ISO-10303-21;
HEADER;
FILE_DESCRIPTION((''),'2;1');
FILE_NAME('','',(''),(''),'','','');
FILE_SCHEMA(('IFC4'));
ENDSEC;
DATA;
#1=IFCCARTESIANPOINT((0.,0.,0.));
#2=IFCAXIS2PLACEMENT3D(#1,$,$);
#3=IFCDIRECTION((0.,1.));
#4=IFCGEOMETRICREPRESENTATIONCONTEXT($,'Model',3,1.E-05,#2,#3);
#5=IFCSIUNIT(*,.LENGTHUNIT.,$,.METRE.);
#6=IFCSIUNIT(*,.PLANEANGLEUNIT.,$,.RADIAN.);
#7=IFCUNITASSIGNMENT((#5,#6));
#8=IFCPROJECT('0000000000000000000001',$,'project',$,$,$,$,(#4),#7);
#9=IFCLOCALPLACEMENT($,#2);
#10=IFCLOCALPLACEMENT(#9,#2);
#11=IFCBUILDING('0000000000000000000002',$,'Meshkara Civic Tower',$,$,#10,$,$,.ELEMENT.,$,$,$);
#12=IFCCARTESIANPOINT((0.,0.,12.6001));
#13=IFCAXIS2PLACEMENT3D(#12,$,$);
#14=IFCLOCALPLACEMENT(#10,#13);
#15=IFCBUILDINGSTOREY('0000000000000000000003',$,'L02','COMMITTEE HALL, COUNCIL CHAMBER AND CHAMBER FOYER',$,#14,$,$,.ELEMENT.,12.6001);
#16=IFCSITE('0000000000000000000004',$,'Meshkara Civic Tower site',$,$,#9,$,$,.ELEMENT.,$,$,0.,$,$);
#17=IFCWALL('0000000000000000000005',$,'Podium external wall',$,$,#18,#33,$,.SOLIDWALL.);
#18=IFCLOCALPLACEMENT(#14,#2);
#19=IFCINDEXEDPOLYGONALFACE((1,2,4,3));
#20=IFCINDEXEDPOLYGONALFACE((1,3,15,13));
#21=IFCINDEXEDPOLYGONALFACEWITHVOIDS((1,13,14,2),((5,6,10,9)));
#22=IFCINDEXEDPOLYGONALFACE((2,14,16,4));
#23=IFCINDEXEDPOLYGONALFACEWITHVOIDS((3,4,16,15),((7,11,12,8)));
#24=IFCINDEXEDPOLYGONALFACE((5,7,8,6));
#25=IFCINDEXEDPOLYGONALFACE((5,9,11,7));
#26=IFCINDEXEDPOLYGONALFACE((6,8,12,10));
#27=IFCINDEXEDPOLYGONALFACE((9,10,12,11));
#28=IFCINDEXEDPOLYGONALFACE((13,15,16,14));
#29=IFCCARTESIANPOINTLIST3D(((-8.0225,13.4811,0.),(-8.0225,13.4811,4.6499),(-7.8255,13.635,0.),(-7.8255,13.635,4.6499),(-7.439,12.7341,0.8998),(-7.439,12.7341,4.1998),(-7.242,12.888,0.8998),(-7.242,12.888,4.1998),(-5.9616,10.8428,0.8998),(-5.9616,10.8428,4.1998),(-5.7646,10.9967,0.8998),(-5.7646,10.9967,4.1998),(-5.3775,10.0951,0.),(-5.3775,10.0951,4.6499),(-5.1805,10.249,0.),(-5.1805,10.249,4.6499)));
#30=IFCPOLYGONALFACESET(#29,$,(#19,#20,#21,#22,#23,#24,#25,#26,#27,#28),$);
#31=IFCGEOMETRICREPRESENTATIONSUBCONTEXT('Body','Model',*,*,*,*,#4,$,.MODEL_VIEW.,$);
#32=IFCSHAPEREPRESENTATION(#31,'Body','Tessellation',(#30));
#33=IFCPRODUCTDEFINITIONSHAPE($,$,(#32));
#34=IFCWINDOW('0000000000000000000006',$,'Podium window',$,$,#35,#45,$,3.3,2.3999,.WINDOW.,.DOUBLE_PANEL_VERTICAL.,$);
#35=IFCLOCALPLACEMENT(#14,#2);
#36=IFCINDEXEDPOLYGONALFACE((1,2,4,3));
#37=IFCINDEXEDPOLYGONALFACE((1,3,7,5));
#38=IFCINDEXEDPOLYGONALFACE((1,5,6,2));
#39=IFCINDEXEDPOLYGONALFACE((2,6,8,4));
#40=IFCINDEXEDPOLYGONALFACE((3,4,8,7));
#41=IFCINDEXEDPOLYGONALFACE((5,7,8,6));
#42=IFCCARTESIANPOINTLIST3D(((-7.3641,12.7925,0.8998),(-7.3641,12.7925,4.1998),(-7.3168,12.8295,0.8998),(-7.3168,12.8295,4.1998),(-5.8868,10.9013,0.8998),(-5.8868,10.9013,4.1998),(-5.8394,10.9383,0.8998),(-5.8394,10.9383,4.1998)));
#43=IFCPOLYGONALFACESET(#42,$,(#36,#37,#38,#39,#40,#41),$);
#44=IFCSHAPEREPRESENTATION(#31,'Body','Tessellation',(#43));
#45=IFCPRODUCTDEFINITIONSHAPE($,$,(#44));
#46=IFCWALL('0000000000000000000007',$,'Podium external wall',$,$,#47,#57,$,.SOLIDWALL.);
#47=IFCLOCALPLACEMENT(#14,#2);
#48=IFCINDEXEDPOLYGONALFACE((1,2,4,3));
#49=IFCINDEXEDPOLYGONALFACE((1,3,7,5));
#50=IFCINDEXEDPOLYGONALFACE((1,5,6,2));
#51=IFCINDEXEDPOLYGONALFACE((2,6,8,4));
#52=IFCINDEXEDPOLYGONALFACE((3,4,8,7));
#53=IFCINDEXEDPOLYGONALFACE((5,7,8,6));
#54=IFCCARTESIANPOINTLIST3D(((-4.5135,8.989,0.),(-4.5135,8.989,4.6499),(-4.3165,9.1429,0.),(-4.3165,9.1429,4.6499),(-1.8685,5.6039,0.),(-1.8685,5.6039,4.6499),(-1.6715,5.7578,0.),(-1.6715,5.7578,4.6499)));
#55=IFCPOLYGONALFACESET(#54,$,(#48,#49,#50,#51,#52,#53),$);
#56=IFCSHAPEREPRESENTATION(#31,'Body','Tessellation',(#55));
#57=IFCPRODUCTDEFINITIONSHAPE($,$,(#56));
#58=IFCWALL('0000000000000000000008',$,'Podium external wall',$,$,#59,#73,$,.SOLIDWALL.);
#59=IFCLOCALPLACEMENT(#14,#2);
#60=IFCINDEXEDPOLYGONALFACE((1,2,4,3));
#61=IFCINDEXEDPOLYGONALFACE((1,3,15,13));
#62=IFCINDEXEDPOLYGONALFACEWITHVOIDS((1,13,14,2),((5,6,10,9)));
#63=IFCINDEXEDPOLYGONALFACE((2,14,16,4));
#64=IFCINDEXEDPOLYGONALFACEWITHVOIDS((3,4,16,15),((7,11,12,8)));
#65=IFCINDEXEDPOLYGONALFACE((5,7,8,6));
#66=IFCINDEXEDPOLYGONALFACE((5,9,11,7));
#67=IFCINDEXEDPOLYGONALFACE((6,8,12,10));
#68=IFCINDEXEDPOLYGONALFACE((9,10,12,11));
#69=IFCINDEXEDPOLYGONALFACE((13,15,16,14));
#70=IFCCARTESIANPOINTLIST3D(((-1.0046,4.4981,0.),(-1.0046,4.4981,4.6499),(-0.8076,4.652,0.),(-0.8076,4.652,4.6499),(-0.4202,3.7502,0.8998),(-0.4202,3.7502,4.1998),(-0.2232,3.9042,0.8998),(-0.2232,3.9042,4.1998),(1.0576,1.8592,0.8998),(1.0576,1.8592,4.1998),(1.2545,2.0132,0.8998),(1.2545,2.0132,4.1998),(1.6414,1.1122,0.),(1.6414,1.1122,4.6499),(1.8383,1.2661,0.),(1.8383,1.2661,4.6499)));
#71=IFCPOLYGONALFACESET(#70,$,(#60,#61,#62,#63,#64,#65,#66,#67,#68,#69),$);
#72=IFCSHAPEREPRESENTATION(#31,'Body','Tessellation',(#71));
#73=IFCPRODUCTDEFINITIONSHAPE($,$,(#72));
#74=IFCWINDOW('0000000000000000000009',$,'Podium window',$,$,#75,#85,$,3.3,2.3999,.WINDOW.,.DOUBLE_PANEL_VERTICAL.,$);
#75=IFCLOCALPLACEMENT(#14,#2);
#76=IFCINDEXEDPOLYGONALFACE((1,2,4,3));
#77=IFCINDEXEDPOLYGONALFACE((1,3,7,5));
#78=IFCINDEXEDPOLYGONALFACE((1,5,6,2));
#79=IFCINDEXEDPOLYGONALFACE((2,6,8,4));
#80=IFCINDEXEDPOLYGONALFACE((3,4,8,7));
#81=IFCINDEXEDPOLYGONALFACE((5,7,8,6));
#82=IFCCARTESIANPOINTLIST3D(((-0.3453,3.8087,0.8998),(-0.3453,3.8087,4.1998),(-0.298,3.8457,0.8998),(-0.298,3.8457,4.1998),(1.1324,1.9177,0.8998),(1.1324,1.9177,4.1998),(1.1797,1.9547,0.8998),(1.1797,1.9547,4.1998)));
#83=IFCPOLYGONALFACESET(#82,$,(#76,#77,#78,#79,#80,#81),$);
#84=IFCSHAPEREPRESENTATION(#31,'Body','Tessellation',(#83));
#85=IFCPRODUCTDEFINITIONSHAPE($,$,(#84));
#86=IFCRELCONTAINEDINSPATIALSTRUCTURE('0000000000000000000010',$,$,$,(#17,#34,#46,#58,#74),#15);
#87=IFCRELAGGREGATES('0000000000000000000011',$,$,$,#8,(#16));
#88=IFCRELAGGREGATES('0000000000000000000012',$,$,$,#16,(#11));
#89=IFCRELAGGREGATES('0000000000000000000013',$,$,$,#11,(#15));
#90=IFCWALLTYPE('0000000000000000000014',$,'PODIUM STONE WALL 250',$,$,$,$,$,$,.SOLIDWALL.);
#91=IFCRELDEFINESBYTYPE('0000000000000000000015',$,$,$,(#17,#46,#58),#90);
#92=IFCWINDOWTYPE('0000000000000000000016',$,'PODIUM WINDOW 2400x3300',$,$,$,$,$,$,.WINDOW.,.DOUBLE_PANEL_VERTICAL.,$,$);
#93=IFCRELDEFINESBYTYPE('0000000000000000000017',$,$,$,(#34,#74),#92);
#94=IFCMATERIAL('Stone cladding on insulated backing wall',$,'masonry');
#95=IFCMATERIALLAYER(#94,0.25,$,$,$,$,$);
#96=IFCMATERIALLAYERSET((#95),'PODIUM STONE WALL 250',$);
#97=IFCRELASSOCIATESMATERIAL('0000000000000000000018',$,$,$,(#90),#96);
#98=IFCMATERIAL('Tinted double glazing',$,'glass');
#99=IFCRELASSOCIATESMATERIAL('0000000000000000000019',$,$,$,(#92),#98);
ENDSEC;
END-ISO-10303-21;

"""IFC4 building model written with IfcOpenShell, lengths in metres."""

from ifc_helpers import new_model, si_unit, direction, frame, frame_2d, origin, place, context, subcontext, project, spatial, rectangle, extrude, material, layer, layer_set, type_object, element, fill, save


model = new_model("IFC4")

# Units and contexts
model_context = context("Model", 3, precision=1e-05, world=origin(), true_north=direction((0.0, 1.0)))
body_context = subcontext(model_context, "Body", "Model", "MODEL_VIEW")
ifc_project = project(units=[si_unit("LENGTHUNIT", "METRE"), si_unit("PLANEANGLEUNIT", "RADIAN")], contexts=[model_context])

# Site, building, storey
site_placement = place(None, origin())
site = spatial("IfcSite", under=ifc_project, at=site_placement, Name="Meshkara Civic Tower site", CompositionType="ELEMENT", RefElevation=0.0)
building_placement = place(site_placement, origin())
building = spatial("IfcBuilding", under=site, at=building_placement, Name="Meshkara Civic Tower", CompositionType="ELEMENT")
storey_placement = place(building_placement, frame((0.0, 0.0, 12.6001)))
storey = spatial("IfcBuildingStorey", under=building, at=storey_placement, Name="L02", Description="COMMITTEE HALL, COUNCIL CHAMBER AND CHAMBER FOYER", CompositionType="ELEMENT", Elevation=12.6001)

# Wall, opening, window
ifc_material_1 = material(Name="Stone cladding on insulated backing wall", Category="masonry")
ifc_layer_1 = layer(ifc_material_1, 0.25)
ifc_layer_set_1 = layer_set([ifc_layer_1], Name="PODIUM STONE WALL 250")
wall_type_1 = type_object("IfcWallType", Name="PODIUM STONE WALL 250", PredefinedType="SOLIDWALL", material=ifc_layer_set_1)
wall_1_placement = place(storey_placement, frame((-7.9241, 13.5581, 0.0), z_axis=(0.0, 0.0, 1.0), x_axis=(0.615603, -0.788056, 0.0)))
wall_1 = element("IfcWall", 1, at=wall_1_placement, inside=storey, type_object=wall_type_1, Name="Podium external wall", PredefinedType="SOLIDWALL", context=body_context, shape_type="SweptSolid", body=[
    extrude(rectangle(XDim=4.2966, YDim=0.25, at=frame_2d((2.1484, 0.0))), origin(), (0.0, 0.0, 1.0), 4.6499),
])
opening_1_placement = place(wall_1_placement, frame((0.948, 0.0, 0.8999)))
opening_1 = element("IfcOpeningElement", 2, at=opening_1_placement, cuts=wall_1, PredefinedType="OPENING", context=body_context, shape_type="SweptSolid", body=[
    extrude(rectangle(XDim=2.3999, YDim=3.3, at=frame_2d((1.2, 1.6499))), frame((0.0, 0.135, 0.0), z_axis=(0.0, -1.0, 0.0), x_axis=(1.0, 0.0, 0.0)), (0.0, 0.0, 1.0), 0.27),
])
ifc_material_2 = material(Name="Tinted double glazing", Category="glass")
window_type = type_object("IfcWindowType", Name="PODIUM WINDOW 2400x3300", PartitioningType="DOUBLE_PANEL_VERTICAL", PredefinedType="WINDOW", material=ifc_material_2)
window_1_placement = place(opening_1_placement, origin())
window_1 = element("IfcWindow", 3, at=window_1_placement, inside=storey, type_object=window_type, Name="Podium window", OverallHeight=3.3, OverallWidth=2.3999, PartitioningType="DOUBLE_PANEL_VERTICAL", PredefinedType="WINDOW", context=body_context, shape_type="SweptSolid", body=[
    extrude(rectangle(XDim=2.3999, YDim=3.3, at=frame_2d((1.2, 1.6499))), frame((0.0, 0.03, 0.0), z_axis=(0.0, -1.0, 0.0), x_axis=(1.0, 0.0, 0.0)), (0.0, 0.0, 1.0), 0.0601),
])
fill(opening_1, window_1)

# Wall
wall_2_placement = place(storey_placement, frame((-4.415, 9.0659, 0.0), z_axis=(0.0, 0.0, 1.0), x_axis=(0.615714, -0.78797, 0.0)))
element("IfcWall", 4, at=wall_2_placement, inside=storey, type_object=wall_type_1, Name="Podium external wall", PredefinedType="SOLIDWALL", context=body_context, shape_type="SweptSolid", body=[
    extrude(rectangle(XDim=4.2959, YDim=0.25, at=frame_2d((2.1479, 0.0))), origin(), (0.0, 0.0, 1.0), 4.6499),
])

# Wall, opening, window
wall_3_placement = place(storey_placement, frame((-0.906, 4.575, 0.0), z_axis=(0.0, 0.0, 1.0), x_axis=(0.615744, -0.787946, 0.0)))
wall_3 = element("IfcWall", 5, at=wall_3_placement, inside=storey, type_object=wall_type_1, Name="Podium external wall", PredefinedType="SOLIDWALL", context=body_context, shape_type="SweptSolid", body=[
    extrude(rectangle(XDim=4.2971, YDim=0.25, at=frame_2d((2.1484, 0.0))), origin(), (0.0, 0.0, 1.0), 4.6499),
])
opening_2_placement = place(wall_3_placement, frame((0.949, 0.0, 0.8999)))
opening_2 = element("IfcOpeningElement", 6, at=opening_2_placement, cuts=wall_3, PredefinedType="OPENING", context=body_context, shape_type="SweptSolid", body=[
    extrude(rectangle(XDim=2.3999, YDim=3.3, at=frame_2d((1.2, 1.6499))), frame((0.0, 0.135, 0.0), z_axis=(0.0, -1.0, 0.0), x_axis=(1.0, 0.0, 0.0)), (0.0, 0.0, 1.0), 0.27),
])
window_2_placement = place(opening_2_placement, origin())
window_2 = element("IfcWindow", 7, at=window_2_placement, inside=storey, type_object=window_type, Name="Podium window", OverallHeight=3.3, OverallWidth=2.3999, PartitioningType="DOUBLE_PANEL_VERTICAL", PredefinedType="WINDOW", context=body_context, shape_type="SweptSolid", body=[
    extrude(rectangle(XDim=2.3999, YDim=3.3, at=frame_2d((1.2, 1.6499))), frame((0.0, 0.03, 0.0), z_axis=(0.0, -1.0, 0.0), x_axis=(1.0, 0.0, 0.0)), (0.0, 0.0, 1.0), 0.0601),
])
fill(opening_2, window_2)

save(model, "model.ifc")
